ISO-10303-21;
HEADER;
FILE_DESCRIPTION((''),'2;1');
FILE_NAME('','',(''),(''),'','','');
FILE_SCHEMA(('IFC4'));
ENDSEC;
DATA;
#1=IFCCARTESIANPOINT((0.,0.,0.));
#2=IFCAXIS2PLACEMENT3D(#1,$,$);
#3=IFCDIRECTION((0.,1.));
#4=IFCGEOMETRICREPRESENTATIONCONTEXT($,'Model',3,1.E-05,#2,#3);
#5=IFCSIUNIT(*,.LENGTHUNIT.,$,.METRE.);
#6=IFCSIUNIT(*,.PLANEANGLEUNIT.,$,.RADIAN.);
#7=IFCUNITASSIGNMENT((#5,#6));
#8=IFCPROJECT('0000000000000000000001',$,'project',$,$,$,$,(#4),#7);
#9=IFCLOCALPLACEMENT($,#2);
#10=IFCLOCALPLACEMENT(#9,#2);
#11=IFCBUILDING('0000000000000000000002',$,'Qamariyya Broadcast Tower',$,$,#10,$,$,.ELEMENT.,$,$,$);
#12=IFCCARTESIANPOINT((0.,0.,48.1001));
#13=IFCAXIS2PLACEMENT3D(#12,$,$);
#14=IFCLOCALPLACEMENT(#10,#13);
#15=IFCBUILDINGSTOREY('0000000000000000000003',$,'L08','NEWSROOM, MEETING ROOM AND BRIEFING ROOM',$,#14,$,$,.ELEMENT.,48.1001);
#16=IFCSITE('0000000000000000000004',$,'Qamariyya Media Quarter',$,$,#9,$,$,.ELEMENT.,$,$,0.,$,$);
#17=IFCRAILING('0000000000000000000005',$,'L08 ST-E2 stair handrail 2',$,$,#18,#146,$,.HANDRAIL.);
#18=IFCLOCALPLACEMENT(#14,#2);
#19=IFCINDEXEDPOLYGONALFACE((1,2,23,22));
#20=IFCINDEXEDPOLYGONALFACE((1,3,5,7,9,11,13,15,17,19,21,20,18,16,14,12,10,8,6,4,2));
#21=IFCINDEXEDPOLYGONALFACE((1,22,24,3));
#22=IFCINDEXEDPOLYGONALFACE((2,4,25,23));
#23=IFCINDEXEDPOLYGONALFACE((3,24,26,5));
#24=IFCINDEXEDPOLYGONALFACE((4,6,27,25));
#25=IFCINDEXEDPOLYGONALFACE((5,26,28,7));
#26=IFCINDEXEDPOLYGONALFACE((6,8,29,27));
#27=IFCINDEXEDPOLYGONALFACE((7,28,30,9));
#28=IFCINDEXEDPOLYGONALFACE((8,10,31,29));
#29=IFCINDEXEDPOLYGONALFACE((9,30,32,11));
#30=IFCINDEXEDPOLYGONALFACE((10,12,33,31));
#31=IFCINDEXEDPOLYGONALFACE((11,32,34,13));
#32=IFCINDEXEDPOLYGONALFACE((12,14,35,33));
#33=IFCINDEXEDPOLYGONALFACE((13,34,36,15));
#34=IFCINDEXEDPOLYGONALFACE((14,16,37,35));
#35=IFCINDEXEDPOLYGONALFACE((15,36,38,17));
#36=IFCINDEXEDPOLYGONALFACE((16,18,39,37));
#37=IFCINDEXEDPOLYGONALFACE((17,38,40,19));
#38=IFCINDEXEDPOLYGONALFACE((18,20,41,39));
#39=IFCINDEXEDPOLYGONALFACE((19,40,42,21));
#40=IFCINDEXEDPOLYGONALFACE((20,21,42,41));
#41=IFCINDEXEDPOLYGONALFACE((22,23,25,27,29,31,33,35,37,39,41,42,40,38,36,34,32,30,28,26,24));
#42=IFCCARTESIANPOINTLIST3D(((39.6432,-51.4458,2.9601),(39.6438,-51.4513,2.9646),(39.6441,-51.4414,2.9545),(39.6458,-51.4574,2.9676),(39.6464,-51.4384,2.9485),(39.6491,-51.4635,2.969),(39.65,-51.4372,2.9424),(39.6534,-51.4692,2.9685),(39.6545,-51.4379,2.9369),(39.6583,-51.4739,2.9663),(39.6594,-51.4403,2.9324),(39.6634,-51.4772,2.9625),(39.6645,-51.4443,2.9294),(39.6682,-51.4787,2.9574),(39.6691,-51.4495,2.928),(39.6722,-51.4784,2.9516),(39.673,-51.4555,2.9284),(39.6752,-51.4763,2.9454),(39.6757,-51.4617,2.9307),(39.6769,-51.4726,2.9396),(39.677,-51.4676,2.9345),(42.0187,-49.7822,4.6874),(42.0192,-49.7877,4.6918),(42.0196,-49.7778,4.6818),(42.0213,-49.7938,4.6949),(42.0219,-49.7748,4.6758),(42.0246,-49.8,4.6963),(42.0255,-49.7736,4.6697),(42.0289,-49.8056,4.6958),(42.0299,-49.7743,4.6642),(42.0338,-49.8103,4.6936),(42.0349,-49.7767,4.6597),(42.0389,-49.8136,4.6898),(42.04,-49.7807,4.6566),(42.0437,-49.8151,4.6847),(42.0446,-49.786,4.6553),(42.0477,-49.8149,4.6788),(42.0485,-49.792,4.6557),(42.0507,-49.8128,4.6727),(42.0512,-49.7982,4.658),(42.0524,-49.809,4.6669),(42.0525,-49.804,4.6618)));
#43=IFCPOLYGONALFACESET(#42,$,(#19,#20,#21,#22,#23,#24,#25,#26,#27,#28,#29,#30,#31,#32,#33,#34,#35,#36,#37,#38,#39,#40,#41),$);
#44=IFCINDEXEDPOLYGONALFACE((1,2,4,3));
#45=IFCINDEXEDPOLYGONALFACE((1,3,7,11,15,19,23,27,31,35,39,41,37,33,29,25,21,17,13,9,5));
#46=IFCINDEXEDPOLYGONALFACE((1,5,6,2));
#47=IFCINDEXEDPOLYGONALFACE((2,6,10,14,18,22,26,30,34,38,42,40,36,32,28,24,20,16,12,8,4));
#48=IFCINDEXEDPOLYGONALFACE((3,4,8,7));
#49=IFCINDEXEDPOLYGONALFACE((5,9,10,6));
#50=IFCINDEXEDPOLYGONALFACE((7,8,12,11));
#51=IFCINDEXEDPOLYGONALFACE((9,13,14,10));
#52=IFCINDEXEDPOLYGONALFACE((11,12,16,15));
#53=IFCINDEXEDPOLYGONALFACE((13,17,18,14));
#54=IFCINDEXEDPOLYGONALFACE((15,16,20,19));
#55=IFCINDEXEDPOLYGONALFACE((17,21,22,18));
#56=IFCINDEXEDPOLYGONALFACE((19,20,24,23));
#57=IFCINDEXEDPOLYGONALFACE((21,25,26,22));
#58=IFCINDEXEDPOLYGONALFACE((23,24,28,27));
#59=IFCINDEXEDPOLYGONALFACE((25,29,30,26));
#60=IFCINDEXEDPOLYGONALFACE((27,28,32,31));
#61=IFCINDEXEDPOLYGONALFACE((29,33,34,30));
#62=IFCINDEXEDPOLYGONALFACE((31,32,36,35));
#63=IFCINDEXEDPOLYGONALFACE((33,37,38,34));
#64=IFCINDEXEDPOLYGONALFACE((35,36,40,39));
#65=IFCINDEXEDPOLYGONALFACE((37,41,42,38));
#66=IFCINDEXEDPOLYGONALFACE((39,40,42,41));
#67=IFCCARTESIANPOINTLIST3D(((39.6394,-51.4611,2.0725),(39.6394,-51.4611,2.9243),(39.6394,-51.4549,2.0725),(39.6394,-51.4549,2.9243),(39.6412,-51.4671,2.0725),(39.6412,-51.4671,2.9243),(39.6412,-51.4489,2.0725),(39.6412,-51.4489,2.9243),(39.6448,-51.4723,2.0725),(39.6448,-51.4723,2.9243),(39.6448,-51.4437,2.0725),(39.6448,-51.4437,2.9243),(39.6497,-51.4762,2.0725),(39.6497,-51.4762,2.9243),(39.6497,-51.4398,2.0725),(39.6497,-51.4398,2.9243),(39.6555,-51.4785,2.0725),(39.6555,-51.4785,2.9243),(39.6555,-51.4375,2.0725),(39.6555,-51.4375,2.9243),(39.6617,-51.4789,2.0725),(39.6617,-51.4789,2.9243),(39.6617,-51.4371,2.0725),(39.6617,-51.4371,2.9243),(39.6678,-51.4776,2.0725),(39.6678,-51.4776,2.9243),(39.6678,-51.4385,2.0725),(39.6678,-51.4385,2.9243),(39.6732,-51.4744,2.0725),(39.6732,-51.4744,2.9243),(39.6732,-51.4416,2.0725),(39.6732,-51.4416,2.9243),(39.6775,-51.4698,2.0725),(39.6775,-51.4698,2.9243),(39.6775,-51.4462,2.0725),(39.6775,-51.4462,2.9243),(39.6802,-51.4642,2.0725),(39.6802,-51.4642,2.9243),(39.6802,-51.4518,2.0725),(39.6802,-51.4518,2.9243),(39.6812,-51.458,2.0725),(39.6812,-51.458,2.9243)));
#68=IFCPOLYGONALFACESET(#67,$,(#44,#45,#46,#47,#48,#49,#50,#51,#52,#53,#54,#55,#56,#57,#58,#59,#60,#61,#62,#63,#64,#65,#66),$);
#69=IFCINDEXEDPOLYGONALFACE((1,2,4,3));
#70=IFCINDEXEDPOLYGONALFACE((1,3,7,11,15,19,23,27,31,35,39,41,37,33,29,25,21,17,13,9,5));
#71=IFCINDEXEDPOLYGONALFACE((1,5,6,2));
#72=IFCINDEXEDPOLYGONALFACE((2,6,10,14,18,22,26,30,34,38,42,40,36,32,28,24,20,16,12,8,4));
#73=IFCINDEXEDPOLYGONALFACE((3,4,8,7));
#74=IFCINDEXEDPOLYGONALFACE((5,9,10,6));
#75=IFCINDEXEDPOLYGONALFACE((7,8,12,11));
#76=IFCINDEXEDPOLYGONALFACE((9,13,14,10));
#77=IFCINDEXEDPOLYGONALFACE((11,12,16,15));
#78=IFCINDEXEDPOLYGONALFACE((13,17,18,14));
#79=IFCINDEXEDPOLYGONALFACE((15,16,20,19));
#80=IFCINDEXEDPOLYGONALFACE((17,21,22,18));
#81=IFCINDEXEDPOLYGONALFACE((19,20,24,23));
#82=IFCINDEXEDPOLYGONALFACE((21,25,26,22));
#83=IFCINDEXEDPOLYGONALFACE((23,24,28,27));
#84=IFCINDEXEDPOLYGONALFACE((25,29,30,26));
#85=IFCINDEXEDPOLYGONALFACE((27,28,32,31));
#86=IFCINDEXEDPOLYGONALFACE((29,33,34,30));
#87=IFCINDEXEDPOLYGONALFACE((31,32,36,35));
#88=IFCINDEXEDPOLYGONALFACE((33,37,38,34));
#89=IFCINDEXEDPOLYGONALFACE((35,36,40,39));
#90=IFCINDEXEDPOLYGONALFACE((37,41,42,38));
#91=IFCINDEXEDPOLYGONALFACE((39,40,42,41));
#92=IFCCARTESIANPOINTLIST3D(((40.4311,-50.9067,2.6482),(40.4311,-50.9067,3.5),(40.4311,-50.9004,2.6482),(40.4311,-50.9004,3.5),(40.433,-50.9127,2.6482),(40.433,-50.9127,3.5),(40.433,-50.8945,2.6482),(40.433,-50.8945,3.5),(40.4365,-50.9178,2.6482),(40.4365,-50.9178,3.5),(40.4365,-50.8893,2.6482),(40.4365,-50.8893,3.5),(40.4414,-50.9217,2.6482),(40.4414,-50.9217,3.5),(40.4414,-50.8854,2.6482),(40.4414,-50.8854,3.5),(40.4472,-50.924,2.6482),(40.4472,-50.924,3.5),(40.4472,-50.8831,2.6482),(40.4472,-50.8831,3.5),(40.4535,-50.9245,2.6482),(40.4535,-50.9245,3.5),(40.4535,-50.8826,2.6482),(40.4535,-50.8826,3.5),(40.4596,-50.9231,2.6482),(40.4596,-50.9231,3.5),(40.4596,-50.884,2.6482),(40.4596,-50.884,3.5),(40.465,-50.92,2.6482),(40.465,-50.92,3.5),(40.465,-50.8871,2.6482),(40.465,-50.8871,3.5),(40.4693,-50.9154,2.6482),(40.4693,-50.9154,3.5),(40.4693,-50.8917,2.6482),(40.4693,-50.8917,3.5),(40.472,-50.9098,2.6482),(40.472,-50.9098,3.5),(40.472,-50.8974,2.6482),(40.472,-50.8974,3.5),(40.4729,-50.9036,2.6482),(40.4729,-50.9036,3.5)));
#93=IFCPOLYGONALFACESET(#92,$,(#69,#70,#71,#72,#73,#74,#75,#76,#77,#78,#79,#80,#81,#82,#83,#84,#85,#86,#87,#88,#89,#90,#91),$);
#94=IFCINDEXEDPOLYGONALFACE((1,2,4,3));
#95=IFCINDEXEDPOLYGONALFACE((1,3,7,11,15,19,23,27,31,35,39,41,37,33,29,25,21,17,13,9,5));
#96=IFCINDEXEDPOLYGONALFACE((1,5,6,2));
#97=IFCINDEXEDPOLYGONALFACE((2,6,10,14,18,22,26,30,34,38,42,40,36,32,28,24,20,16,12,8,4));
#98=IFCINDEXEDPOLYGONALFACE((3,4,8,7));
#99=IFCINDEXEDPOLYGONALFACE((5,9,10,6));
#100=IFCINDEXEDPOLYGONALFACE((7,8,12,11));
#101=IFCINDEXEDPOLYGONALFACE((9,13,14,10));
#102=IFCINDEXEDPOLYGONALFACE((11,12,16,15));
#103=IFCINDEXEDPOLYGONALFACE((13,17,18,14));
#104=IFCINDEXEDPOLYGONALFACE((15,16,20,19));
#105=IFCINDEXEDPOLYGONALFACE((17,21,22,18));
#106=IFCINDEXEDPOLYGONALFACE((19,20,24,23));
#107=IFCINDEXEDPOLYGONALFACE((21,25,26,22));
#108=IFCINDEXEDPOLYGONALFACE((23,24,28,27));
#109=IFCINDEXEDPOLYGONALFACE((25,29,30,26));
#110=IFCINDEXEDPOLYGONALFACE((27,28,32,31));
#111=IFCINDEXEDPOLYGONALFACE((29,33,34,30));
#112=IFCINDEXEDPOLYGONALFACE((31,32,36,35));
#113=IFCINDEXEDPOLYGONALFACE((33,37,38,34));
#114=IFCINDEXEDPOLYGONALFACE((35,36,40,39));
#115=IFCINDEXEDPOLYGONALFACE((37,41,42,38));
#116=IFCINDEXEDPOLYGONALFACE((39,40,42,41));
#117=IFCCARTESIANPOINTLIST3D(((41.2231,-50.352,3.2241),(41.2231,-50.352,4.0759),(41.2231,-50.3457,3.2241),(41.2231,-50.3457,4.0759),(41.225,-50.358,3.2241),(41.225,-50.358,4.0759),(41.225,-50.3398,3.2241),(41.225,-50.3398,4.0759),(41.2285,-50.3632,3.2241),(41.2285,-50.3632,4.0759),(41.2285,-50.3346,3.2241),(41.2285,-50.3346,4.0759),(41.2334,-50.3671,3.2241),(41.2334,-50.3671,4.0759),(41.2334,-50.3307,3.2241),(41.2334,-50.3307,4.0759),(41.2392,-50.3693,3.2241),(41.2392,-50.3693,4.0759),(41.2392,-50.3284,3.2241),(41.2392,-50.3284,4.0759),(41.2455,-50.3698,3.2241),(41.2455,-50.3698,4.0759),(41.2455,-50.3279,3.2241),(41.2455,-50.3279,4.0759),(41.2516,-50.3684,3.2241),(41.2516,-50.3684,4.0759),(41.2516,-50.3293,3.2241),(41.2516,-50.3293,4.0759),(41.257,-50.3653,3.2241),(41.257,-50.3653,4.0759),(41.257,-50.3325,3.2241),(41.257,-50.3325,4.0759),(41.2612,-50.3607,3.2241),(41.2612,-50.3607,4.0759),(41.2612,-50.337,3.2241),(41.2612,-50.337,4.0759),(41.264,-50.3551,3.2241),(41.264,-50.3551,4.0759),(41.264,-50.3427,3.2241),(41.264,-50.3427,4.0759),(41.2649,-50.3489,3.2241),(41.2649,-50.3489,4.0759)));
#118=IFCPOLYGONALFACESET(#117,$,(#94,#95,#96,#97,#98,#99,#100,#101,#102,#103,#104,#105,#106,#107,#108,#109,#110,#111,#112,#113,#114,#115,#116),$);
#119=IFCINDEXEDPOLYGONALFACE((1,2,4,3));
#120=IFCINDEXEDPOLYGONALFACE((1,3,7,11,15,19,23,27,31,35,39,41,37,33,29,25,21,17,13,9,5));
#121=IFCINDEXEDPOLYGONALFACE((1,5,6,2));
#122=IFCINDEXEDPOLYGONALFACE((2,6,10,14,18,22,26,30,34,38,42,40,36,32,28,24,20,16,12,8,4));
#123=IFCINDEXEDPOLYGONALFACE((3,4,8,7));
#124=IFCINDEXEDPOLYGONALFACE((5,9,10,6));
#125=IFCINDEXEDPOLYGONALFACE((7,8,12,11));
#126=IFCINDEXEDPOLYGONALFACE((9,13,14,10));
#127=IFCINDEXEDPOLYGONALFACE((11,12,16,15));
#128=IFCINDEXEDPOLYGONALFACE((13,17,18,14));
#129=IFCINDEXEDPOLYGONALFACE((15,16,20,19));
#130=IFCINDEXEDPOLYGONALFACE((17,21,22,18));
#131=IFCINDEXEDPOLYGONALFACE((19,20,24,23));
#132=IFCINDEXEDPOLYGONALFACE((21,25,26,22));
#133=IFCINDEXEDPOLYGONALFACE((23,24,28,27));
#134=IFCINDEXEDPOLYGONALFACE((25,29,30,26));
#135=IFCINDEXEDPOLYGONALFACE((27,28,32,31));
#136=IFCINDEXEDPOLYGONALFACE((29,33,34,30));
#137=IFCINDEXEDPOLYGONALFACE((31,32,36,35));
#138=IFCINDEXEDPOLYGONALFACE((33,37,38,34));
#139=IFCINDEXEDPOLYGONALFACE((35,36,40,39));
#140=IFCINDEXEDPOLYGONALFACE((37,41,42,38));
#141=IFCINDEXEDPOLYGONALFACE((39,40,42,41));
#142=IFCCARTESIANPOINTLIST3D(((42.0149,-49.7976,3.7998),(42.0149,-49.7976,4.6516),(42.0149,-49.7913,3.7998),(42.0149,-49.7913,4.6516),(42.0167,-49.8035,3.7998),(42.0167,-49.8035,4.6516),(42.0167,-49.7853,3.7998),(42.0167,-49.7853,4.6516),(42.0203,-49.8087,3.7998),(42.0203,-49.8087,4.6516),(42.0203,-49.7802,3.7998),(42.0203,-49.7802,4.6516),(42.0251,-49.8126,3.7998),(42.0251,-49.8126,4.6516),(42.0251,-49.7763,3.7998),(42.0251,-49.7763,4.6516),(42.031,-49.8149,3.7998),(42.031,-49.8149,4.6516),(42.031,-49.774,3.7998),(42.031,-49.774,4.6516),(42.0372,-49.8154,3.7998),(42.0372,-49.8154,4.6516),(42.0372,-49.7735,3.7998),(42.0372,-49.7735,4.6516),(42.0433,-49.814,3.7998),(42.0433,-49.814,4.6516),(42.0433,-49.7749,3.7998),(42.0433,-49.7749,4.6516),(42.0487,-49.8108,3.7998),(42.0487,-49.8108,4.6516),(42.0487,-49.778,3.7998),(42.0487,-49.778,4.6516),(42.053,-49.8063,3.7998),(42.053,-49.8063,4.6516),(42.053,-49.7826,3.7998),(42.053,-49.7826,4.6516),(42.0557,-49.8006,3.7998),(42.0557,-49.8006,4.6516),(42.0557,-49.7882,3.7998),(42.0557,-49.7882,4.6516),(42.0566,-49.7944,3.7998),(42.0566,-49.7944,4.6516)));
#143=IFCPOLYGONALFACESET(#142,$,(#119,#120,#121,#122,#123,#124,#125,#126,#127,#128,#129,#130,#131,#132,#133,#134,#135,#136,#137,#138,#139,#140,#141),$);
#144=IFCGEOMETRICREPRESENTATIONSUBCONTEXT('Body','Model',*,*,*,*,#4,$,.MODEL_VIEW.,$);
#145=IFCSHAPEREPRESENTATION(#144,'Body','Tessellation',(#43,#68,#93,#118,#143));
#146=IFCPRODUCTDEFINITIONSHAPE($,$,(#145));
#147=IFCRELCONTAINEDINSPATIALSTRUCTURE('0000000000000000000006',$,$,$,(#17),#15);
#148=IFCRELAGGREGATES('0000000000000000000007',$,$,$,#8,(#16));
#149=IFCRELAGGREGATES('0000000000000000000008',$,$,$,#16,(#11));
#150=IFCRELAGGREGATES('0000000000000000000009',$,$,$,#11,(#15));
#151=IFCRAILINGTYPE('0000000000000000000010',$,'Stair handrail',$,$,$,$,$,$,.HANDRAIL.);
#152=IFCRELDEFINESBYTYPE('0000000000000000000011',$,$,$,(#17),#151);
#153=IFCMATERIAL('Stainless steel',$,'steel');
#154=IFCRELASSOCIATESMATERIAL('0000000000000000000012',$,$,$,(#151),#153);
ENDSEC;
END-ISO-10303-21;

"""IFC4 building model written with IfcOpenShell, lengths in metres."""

from ifc_helpers import new_model, si_unit, direction, frame, origin, origin_2d, place, context, subcontext, project, spatial, circle, extrude, material, type_object, element, save


model = new_model("IFC4")

# Units and contexts
model_context = context("Model", 3, precision=1e-05, world=origin(), true_north=direction((0.0, 1.0)))
body_context = subcontext(model_context, "Body", "Model", "MODEL_VIEW")
ifc_project = project(units=[si_unit("LENGTHUNIT", "METRE"), si_unit("PLANEANGLEUNIT", "RADIAN")], contexts=[model_context])

# Site, building, storey
site_placement = place(None, origin())
site = spatial("IfcSite", under=ifc_project, at=site_placement, Name="Qamariyya Media Quarter", CompositionType="ELEMENT", RefElevation=0.0)
building_placement = place(site_placement, origin())
building = spatial("IfcBuilding", under=site, at=building_placement, Name="Qamariyya Broadcast Tower", CompositionType="ELEMENT")
storey_placement = place(building_placement, frame((0.0, 0.0, 48.1001)))
storey = spatial("IfcBuildingStorey", under=building, at=storey_placement, Name="L08", Description="NEWSROOM, MEETING ROOM AND BRIEFING ROOM", CompositionType="ELEMENT", Elevation=48.1001)

# Railing
ifc_material_1 = material(Name="Stainless steel", Category="steel")
railing_type_1 = type_object("IfcRailingType", Name="Stair handrail", PredefinedType="HANDRAIL", material=ifc_material_1)
railing_1_placement = place(storey_placement, frame((39.6602, -51.458, 2.0725)))
element("IfcRailing", 1, at=railing_1_placement, inside=storey, type_object=railing_type_1, Name="L08 ST-E2 stair handrail 2", PredefinedType="HANDRAIL", context=body_context, shape_type="SweptSolid", body=[
    extrude(circle(Radius=0.0239, at=origin_2d()), frame((0.0, 0.0, 0.876), z_axis=(0.703745, 0.492838, 0.511716), x_axis=(-0.573632, 0.819113, 0.0)), (0.0, 0.0, 1.0), 3.3755),
    extrude(circle(Radius=0.021, at=origin_2d()), origin(), (0.0, 0.0, 1.0), 0.8518),
    extrude(circle(Radius=0.021, at=origin_2d()), frame((0.7917, 0.5544, 0.5757)), (0.0, 0.0, 1.0), 0.8518),
    extrude(circle(Radius=0.021, at=origin_2d()), frame((1.5837, 1.1091, 1.1516)), (0.0, 0.0, 1.0), 0.8518),
    extrude(circle(Radius=0.021, at=origin_2d()), frame((2.3755, 1.6636, 1.7273)), (0.0, 0.0, 1.0), 0.8518),
])

save(model, "model.ifc")
